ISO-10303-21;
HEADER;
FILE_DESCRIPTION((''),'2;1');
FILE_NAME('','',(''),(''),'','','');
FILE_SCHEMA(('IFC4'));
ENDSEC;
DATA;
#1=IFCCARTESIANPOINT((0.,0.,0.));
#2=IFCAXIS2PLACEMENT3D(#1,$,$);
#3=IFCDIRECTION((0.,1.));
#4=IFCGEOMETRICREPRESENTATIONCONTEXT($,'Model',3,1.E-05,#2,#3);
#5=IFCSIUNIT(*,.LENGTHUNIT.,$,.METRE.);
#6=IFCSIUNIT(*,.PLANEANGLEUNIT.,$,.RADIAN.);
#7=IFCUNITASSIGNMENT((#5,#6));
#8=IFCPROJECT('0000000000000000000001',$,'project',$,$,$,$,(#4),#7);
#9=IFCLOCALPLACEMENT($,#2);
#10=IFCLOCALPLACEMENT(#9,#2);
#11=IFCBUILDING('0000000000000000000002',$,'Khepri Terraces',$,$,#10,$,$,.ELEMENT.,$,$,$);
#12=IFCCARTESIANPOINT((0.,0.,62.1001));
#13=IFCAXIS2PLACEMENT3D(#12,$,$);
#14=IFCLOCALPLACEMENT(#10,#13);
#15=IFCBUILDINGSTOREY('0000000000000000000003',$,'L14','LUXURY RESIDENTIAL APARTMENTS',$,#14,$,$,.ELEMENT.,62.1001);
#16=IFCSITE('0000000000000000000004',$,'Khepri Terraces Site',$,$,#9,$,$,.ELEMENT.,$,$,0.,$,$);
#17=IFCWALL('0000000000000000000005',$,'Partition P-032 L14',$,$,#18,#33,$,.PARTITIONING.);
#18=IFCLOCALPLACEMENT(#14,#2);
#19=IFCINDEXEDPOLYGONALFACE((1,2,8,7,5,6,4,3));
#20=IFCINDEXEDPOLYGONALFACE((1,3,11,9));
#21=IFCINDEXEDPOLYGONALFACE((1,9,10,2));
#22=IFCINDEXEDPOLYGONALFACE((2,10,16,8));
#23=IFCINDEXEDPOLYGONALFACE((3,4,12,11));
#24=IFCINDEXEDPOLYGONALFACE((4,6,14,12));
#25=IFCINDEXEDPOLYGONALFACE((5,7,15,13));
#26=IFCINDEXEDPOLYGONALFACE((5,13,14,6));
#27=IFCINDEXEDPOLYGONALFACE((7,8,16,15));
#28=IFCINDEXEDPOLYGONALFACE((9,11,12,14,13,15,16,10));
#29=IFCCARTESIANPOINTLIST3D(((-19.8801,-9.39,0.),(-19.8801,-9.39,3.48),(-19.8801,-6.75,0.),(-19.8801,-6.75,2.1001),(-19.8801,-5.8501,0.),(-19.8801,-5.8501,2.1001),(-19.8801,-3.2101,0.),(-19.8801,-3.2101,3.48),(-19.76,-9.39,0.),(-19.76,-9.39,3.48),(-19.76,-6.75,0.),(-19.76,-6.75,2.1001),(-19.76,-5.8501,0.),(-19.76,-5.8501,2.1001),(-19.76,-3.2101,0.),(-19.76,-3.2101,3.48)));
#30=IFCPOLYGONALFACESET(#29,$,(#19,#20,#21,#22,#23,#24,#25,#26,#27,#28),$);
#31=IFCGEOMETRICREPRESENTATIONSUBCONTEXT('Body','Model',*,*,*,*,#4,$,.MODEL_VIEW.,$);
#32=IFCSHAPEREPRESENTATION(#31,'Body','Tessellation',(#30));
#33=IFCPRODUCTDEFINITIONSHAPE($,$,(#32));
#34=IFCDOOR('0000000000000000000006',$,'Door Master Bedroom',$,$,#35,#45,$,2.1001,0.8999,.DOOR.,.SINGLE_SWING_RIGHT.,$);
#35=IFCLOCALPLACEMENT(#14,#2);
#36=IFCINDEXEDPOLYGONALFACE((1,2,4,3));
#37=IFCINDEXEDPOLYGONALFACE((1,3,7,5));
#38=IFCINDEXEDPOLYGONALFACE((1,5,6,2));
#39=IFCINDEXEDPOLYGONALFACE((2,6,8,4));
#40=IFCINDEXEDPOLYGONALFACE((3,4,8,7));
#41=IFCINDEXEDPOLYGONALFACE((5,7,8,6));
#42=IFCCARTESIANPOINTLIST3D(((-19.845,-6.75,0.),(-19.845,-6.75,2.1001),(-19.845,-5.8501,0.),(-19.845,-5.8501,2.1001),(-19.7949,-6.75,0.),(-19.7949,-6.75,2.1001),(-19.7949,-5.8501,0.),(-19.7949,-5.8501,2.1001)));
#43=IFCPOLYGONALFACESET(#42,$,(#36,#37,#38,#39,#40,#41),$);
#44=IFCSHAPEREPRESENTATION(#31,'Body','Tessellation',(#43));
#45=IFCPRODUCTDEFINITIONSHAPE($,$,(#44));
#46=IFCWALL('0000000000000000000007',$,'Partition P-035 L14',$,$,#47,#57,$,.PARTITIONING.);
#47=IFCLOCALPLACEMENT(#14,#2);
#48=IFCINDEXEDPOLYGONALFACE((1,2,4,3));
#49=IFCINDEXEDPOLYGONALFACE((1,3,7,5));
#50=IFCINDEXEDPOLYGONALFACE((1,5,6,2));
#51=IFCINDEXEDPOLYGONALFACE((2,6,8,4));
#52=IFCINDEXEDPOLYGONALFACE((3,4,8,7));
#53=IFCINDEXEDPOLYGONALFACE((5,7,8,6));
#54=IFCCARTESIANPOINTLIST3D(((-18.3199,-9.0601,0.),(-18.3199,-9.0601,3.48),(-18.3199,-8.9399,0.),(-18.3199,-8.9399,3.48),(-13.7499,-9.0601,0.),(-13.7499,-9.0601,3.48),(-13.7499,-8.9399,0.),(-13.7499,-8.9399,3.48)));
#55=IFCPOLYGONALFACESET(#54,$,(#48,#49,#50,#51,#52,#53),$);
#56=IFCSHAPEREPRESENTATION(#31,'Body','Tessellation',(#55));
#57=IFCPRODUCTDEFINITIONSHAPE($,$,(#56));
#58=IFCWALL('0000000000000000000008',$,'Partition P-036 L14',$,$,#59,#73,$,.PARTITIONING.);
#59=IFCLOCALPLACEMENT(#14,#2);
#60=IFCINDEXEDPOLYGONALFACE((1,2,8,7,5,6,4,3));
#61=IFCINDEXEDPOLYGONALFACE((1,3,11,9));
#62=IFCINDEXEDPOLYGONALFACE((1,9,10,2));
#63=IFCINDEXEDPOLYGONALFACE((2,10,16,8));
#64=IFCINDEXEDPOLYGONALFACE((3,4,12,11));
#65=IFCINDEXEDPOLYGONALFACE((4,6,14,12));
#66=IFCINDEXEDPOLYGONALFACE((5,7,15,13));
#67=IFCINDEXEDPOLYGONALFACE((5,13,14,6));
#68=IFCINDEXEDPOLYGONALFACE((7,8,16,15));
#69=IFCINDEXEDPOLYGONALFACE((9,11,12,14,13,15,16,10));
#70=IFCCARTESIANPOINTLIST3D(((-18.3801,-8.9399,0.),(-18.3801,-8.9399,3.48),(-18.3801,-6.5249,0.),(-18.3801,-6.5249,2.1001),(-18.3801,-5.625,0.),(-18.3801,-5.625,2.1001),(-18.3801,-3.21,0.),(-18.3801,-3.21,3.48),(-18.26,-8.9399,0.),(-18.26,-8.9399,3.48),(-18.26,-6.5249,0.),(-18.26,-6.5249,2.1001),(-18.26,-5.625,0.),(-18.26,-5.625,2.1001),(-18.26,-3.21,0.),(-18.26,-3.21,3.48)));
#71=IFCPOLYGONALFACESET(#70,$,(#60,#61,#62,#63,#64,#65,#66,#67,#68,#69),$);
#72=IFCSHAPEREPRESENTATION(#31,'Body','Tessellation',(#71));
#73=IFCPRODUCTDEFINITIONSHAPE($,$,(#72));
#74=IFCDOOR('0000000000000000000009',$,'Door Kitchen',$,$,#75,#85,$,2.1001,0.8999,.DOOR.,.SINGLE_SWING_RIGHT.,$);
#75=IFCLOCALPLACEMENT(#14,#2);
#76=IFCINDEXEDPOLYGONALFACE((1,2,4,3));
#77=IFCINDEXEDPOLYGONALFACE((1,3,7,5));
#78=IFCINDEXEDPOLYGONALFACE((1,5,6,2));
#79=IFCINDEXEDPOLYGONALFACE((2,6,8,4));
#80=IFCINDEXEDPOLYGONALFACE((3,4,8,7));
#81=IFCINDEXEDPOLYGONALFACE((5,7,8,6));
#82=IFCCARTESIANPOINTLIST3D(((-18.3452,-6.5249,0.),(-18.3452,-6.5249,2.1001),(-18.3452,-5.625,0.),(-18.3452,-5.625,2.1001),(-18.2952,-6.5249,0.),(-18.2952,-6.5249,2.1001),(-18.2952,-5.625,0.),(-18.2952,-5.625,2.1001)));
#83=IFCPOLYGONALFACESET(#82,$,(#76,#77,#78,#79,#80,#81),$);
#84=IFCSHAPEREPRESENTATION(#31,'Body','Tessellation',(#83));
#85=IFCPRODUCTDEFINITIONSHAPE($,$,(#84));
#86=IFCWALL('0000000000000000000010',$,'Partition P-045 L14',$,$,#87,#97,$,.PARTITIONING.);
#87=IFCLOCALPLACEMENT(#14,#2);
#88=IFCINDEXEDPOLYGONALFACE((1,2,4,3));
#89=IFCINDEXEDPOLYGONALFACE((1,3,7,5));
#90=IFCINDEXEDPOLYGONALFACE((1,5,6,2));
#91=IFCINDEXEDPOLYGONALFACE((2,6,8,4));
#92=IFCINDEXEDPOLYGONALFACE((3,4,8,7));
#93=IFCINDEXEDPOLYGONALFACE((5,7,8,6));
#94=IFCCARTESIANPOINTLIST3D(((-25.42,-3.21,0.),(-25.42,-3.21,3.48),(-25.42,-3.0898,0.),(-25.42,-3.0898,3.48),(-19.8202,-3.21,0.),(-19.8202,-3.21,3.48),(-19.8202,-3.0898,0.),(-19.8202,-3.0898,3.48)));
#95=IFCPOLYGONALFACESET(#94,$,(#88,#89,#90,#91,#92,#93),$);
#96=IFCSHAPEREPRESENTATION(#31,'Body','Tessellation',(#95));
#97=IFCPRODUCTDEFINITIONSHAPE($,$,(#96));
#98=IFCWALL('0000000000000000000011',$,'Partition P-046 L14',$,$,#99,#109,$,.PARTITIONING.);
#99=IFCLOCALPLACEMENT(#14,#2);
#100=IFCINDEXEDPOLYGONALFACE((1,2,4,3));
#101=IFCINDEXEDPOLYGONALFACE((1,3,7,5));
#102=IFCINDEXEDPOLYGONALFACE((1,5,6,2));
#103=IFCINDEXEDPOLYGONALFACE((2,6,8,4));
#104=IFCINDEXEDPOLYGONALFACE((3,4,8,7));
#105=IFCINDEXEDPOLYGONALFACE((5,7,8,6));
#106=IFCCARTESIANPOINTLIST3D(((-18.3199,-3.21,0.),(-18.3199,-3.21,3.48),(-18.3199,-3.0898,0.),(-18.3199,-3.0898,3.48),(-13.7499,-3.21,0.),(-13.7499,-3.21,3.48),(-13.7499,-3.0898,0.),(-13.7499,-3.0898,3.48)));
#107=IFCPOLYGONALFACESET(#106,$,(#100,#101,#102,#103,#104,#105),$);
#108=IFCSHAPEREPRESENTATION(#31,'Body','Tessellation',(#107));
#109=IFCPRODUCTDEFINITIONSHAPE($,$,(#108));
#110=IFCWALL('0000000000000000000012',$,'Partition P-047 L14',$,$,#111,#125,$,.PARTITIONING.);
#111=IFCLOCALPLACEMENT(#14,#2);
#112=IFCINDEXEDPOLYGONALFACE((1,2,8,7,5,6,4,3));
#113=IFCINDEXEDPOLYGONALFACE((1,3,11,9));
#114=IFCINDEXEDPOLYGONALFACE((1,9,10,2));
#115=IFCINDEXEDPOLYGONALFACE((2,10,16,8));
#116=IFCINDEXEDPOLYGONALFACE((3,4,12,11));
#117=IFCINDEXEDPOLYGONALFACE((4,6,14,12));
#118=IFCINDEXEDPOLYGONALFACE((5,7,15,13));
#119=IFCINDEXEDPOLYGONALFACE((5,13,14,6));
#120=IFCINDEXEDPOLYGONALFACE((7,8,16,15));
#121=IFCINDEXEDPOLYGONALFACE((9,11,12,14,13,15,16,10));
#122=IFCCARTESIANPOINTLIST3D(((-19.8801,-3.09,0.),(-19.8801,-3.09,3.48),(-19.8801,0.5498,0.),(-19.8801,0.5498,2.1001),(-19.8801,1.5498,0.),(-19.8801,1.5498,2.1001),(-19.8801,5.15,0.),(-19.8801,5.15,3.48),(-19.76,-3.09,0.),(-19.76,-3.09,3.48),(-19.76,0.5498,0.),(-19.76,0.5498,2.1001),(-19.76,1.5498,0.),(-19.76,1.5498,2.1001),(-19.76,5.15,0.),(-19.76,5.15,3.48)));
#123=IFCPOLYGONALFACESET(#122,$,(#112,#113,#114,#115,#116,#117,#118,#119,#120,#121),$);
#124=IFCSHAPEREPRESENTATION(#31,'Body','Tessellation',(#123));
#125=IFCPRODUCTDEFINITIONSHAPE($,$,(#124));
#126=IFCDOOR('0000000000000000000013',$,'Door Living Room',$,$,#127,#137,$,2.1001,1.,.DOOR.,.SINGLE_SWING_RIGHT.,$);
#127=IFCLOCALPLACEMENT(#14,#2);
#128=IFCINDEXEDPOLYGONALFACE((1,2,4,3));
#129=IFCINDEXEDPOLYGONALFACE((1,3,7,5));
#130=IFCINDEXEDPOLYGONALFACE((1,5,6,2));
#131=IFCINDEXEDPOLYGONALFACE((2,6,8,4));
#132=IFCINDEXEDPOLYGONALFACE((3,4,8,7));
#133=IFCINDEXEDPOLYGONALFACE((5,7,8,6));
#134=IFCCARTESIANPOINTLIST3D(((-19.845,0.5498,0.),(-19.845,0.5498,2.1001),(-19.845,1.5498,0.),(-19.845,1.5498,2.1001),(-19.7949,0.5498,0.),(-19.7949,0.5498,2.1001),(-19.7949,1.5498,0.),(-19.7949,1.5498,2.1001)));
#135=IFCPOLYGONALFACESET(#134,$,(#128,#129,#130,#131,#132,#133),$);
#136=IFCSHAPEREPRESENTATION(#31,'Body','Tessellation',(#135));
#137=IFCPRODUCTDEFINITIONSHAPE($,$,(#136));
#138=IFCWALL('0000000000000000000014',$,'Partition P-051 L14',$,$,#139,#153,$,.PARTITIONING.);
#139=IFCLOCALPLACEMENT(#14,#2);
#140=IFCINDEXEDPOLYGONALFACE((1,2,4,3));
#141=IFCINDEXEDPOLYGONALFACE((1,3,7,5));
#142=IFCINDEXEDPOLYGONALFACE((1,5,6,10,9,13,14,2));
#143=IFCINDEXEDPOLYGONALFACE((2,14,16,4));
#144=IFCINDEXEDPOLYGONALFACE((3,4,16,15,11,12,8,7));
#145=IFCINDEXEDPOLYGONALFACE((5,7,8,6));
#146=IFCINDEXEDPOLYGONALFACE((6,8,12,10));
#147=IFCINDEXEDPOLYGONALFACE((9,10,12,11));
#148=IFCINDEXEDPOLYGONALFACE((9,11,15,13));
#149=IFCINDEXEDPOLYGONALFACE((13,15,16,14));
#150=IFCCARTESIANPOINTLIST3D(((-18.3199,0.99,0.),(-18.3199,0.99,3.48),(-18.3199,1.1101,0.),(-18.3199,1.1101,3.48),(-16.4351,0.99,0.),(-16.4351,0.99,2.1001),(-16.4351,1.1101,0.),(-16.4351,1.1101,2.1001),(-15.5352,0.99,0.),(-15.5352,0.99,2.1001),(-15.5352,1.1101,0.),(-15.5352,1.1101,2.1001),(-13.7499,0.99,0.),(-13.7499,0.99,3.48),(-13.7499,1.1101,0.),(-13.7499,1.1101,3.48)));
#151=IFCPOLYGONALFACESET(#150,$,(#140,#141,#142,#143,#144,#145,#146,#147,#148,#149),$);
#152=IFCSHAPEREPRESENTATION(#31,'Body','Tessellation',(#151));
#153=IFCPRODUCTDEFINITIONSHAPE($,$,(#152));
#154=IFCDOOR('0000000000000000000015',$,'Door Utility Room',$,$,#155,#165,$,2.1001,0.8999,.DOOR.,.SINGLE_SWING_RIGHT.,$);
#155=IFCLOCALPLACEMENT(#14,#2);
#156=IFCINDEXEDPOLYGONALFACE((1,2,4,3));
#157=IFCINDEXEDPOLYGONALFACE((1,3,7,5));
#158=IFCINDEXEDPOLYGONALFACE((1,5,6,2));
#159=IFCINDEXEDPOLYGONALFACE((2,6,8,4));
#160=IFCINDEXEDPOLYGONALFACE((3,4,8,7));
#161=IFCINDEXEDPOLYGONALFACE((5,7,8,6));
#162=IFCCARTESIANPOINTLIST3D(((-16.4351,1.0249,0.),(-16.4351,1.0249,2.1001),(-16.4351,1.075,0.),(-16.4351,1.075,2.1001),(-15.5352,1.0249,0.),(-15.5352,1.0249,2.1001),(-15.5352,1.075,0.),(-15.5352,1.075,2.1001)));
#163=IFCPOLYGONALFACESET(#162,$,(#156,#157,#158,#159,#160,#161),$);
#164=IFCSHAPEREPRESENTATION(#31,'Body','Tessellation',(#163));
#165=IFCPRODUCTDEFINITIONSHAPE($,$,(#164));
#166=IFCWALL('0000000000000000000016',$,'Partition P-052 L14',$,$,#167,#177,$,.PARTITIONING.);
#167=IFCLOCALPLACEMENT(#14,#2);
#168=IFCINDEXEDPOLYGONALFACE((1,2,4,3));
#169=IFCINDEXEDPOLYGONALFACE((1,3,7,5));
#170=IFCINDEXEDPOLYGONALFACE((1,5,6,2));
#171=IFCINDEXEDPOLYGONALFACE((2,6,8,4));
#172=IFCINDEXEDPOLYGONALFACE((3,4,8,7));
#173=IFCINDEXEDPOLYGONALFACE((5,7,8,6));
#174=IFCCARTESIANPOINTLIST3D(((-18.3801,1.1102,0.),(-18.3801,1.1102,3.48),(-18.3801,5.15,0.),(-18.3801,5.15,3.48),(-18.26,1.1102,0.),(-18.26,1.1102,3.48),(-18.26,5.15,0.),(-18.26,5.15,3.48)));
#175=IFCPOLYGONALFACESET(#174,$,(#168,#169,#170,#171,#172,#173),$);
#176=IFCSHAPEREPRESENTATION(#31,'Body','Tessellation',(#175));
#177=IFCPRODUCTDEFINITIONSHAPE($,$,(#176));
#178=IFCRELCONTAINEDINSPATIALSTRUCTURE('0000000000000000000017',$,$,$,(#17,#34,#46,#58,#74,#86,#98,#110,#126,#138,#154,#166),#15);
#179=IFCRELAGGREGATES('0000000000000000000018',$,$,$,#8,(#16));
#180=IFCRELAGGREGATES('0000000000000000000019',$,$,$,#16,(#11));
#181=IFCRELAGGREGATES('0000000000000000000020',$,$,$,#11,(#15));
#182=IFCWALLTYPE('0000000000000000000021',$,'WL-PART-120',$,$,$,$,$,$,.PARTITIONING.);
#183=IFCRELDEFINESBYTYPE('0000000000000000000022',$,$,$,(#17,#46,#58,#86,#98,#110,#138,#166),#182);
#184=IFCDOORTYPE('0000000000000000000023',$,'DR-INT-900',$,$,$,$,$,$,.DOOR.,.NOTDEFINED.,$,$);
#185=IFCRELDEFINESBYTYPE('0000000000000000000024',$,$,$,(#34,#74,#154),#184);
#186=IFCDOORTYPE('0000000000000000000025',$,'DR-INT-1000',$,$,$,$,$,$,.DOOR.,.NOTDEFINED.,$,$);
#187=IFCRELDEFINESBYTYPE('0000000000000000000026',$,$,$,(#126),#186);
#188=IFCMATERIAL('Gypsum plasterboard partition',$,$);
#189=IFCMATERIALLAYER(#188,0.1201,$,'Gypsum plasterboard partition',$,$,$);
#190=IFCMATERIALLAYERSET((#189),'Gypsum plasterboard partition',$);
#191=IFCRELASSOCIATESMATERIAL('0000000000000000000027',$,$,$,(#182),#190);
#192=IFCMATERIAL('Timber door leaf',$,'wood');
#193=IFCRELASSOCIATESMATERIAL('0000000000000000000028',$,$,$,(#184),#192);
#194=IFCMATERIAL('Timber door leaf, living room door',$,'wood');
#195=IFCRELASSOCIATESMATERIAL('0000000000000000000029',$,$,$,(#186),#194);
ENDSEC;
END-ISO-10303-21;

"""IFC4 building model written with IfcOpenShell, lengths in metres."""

from ifc_helpers import new_model, si_unit, direction, frame, frame_2d, origin, place, context, subcontext, project, spatial, rectangle, extrude, material, layer, layer_set, type_object, element, fill, save


model = new_model("IFC4")

# Units and contexts
model_context = context("Model", 3, precision=1e-05, world=origin(), true_north=direction((0.0, 1.0)))
body_context = subcontext(model_context, "Body", "Model", "MODEL_VIEW")
ifc_project = project(units=[si_unit("LENGTHUNIT", "METRE"), si_unit("PLANEANGLEUNIT", "RADIAN")], contexts=[model_context])

# Site, building, storey
site_placement = place(None, origin())
site = spatial("IfcSite", under=ifc_project, at=site_placement, Name="Khepri Terraces Site", CompositionType="ELEMENT", RefElevation=0.0)
building_placement = place(site_placement, origin())
building = spatial("IfcBuilding", under=site, at=building_placement, Name="Khepri Terraces", CompositionType="ELEMENT")
storey_placement = place(building_placement, frame((0.0, 0.0, 62.1001)))
storey = spatial("IfcBuildingStorey", under=building, at=storey_placement, Name="L14", Description="LUXURY RESIDENTIAL APARTMENTS", CompositionType="ELEMENT", Elevation=62.1001)

# Wall, opening, door
ifc_material_1 = material(Name="Gypsum plasterboard partition")
ifc_layer_1 = layer(ifc_material_1, 0.1201, Name="Gypsum plasterboard partition")
ifc_layer_set_1 = layer_set([ifc_layer_1], Name="Gypsum plasterboard partition")
wall_type_1 = type_object("IfcWallType", Name="WL-PART-120", PredefinedType="PARTITIONING", material=ifc_layer_set_1)
ifc_material_2 = material(Name="Timber door leaf", Category="wood")
door_type_1 = type_object("IfcDoorType", Name="DR-INT-900", OperationType="NOTDEFINED", PredefinedType="DOOR", material=ifc_material_2)
wall_1_placement = place(storey_placement, frame((-19.8201, -9.3899, 0.0), z_axis=(0.0, 0.0, 1.0), x_axis=(0.0, 1.0, 0.0)))
wall_1 = element("IfcWall", 1, at=wall_1_placement, inside=storey, type_object=wall_type_1, Name="Partition P-032 L14", PredefinedType="PARTITIONING", context=body_context, shape_type="SweptSolid", body=[
    extrude(rectangle(XDim=6.1799, YDim=0.1201, at=frame_2d((3.0898, 0.0))), origin(), (0.0, 0.0, 1.0), 3.48),
])
opening_1_placement = place(wall_1_placement, frame((2.6399, 0.0, 0.0)))
opening_1 = element("IfcOpeningElement", 2, at=opening_1_placement, cuts=wall_1, PredefinedType="OPENING", context=body_context, shape_type="SweptSolid", body=[
    extrude(rectangle(XDim=0.8999, YDim=2.1001, at=frame_2d((0.45, 1.05))), frame((0.0, 0.0701, 0.0), z_axis=(0.0, -1.0, 0.0), x_axis=(1.0, 0.0, 0.0)), (0.0, 0.0, 1.0), 0.1401),
])
door_1_placement = place(opening_1_placement, origin())
door_1 = element("IfcDoor", 3, at=door_1_placement, inside=storey, type_object=door_type_1, Name="Door Master Bedroom", OperationType="SINGLE_SWING_RIGHT", OverallHeight=2.1001, OverallWidth=0.8999, PredefinedType="DOOR", context=body_context, shape_type="SweptSolid", body=[
    extrude(rectangle(XDim=0.8999, YDim=2.1001, at=frame_2d((0.45, 1.05))), frame((0.0, 0.0249, 0.0), z_axis=(0.0, -1.0, 0.0), x_axis=(1.0, 0.0, 0.0)), (0.0, 0.0, 1.0), 0.05),
])
fill(opening_1, door_1)

# Wall
wall_2_placement = place(storey_placement, frame((-18.3201, -9.0, 0.0), z_axis=(0.0, 0.0, 1.0), x_axis=(1.0, 0.0, 0.0)))
element("IfcWall", 4, at=wall_2_placement, inside=storey, type_object=wall_type_1, Name="Partition P-035 L14", PredefinedType="PARTITIONING", context=body_context, shape_type="SweptSolid", body=[
    extrude(rectangle(XDim=4.5701, YDim=0.1201, at=frame_2d((2.2852, 0.0))), origin(), (0.0, 0.0, 1.0), 3.48),
])

# Wall, opening, door
wall_3_placement = place(storey_placement, frame((-18.3201, -8.9399, 0.0), z_axis=(0.0, 0.0, 1.0), x_axis=(0.0, 1.0, 0.0)))
wall_3 = element("IfcWall", 5, at=wall_3_placement, inside=storey, type_object=wall_type_1, Name="Partition P-036 L14", PredefinedType="PARTITIONING", context=body_context, shape_type="SweptSolid", body=[
    extrude(rectangle(XDim=5.73, YDim=0.1201, at=frame_2d((2.865, 0.0))), origin(), (0.0, 0.0, 1.0), 3.48),
])
opening_2_placement = place(wall_3_placement, frame((2.415, 0.0, 0.0)))
opening_2 = element("IfcOpeningElement", 6, at=opening_2_placement, cuts=wall_3, PredefinedType="OPENING", context=body_context, shape_type="SweptSolid", body=[
    extrude(rectangle(XDim=0.8999, YDim=2.1001, at=frame_2d((0.45, 1.05))), frame((0.0, 0.0701, 0.0), z_axis=(0.0, -1.0, 0.0), x_axis=(1.0, 0.0, 0.0)), (0.0, 0.0, 1.0), 0.1401),
])
door_2_placement = place(opening_2_placement, frame((0.8999, 0.0, 0.0), z_axis=(0.0, 0.0, 1.0), x_axis=(-1.0, 0.0, 0.0)))
door_2 = element("IfcDoor", 7, at=door_2_placement, inside=storey, type_object=door_type_1, Name="Door Kitchen", OperationType="SINGLE_SWING_RIGHT", OverallHeight=2.1001, OverallWidth=0.8999, PredefinedType="DOOR", context=body_context, shape_type="SweptSolid", body=[
    extrude(rectangle(XDim=0.8999, YDim=2.1001, at=frame_2d((0.45, 1.05))), frame((0.0, 0.0249, 0.0), z_axis=(0.0, -1.0, 0.0), x_axis=(1.0, 0.0, 0.0)), (0.0, 0.0, 1.0), 0.05),
])
fill(opening_2, door_2)

# Walls
wall_4_placement = place(storey_placement, frame((-25.4199, -3.1499, 0.0), z_axis=(0.0, 0.0, 1.0), x_axis=(1.0, 0.0, 0.0)))
element("IfcWall", 8, at=wall_4_placement, inside=storey, type_object=wall_type_1, Name="Partition P-045 L14", PredefinedType="PARTITIONING", context=body_context, shape_type="SweptSolid", body=[
    extrude(rectangle(XDim=5.5999, YDim=0.1201, at=frame_2d((2.7998, 0.0))), origin(), (0.0, 0.0, 1.0), 3.48),
])
wall_5_placement = place(storey_placement, frame((-18.3201, -3.1499, 0.0), z_axis=(0.0, 0.0, 1.0), x_axis=(1.0, 0.0, 0.0)))
element("IfcWall", 9, at=wall_5_placement, inside=storey, type_object=wall_type_1, Name="Partition P-046 L14", PredefinedType="PARTITIONING", context=body_context, shape_type="SweptSolid", body=[
    extrude(rectangle(XDim=4.5701, YDim=0.1201, at=frame_2d((2.2852, 0.0))), origin(), (0.0, 0.0, 1.0), 3.48),
])

# Walls, openings, doors
wall_6_placement = place(storey_placement, frame((-19.8201, -3.0901, 0.0), z_axis=(0.0, 0.0, 1.0), x_axis=(0.0, 1.0, 0.0)))
wall_6 = element("IfcWall", 10, at=wall_6_placement, inside=storey, type_object=wall_type_1, Name="Partition P-047 L14", PredefinedType="PARTITIONING", context=body_context, shape_type="SweptSolid", body=[
    extrude(rectangle(XDim=8.24, YDim=0.1201, at=frame_2d((4.1201, 0.0))), origin(), (0.0, 0.0, 1.0), 3.48),
])
opening_3_placement = place(wall_6_placement, frame((3.6399, 0.0, 0.0)))
opening_3 = element("IfcOpeningElement", 11, at=opening_3_placement, cuts=wall_6, PredefinedType="OPENING", context=body_context, shape_type="SweptSolid", body=[
    extrude(rectangle(XDim=1.0, YDim=2.1001, at=frame_2d((0.5, 1.05))), frame((0.0, 0.0701, 0.0), z_axis=(0.0, -1.0, 0.0), x_axis=(1.0, 0.0, 0.0)), (0.0, 0.0, 1.0), 0.1401),
])
ifc_material_3 = material(Name="Timber door leaf, living room door", Category="wood")
door_type_2 = type_object("IfcDoorType", Name="DR-INT-1000", OperationType="NOTDEFINED", PredefinedType="DOOR", material=ifc_material_3)
door_3_placement = place(opening_3_placement, origin())
door_3 = element("IfcDoor", 12, at=door_3_placement, inside=storey, type_object=door_type_2, Name="Door Living Room", OperationType="SINGLE_SWING_RIGHT", OverallHeight=2.1001, OverallWidth=1.0, PredefinedType="DOOR", context=body_context, shape_type="SweptSolid", body=[
    extrude(rectangle(XDim=1.0, YDim=2.1001, at=frame_2d((0.5, 1.05))), frame((0.0, 0.0249, 0.0), z_axis=(0.0, -1.0, 0.0), x_axis=(1.0, 0.0, 0.0)), (0.0, 0.0, 1.0), 0.05),
])
fill(opening_3, door_3)
wall_7_placement = place(storey_placement, frame((-18.3201, 1.05, 0.0), z_axis=(0.0, 0.0, 1.0), x_axis=(1.0, 0.0, 0.0)))
wall_7 = element("IfcWall", 13, at=wall_7_placement, inside=storey, type_object=wall_type_1, Name="Partition P-051 L14", PredefinedType="PARTITIONING", context=body_context, shape_type="SweptSolid", body=[
    extrude(rectangle(XDim=4.5701, YDim=0.1201, at=frame_2d((2.2852, 0.0))), origin(), (0.0, 0.0, 1.0), 3.48),
])
opening_4_placement = place(wall_7_placement, frame((1.885, 0.0, 0.0)))
opening_4 = element("IfcOpeningElement", 14, at=opening_4_placement, cuts=wall_7, PredefinedType="OPENING", context=body_context, shape_type="SweptSolid", body=[
    extrude(rectangle(XDim=0.8999, YDim=2.1001, at=frame_2d((0.45, 1.05))), frame((0.0, 0.0701, 0.0), z_axis=(0.0, -1.0, 0.0), x_axis=(1.0, 0.0, 0.0)), (0.0, 0.0, 1.0), 0.1401),
])
door_4_placement = place(opening_4_placement, origin())
door_4 = element("IfcDoor", 15, at=door_4_placement, inside=storey, type_object=door_type_1, Name="Door Utility Room", OperationType="SINGLE_SWING_RIGHT", OverallHeight=2.1001, OverallWidth=0.8999, PredefinedType="DOOR", context=body_context, shape_type="SweptSolid", body=[
    extrude(rectangle(XDim=0.8999, YDim=2.1001, at=frame_2d((0.45, 1.05))), frame((0.0, 0.0249, 0.0), z_axis=(0.0, -1.0, 0.0), x_axis=(1.0, 0.0, 0.0)), (0.0, 0.0, 1.0), 0.05),
])
fill(opening_4, door_4)

# Wall
wall_8_placement = place(storey_placement, frame((-18.3201, 1.1101, 0.0), z_axis=(0.0, 0.0, 1.0), x_axis=(0.0, 1.0, 0.0)))
element("IfcWall", 16, at=wall_8_placement, inside=storey, type_object=wall_type_1, Name="Partition P-052 L14", PredefinedType="PARTITIONING", context=body_context, shape_type="SweptSolid", body=[
    extrude(rectangle(XDim=4.0398, YDim=0.1201, at=frame_2d((2.02, 0.0))), origin(), (0.0, 0.0, 1.0), 3.48),
])

save(model, "model.ifc")
